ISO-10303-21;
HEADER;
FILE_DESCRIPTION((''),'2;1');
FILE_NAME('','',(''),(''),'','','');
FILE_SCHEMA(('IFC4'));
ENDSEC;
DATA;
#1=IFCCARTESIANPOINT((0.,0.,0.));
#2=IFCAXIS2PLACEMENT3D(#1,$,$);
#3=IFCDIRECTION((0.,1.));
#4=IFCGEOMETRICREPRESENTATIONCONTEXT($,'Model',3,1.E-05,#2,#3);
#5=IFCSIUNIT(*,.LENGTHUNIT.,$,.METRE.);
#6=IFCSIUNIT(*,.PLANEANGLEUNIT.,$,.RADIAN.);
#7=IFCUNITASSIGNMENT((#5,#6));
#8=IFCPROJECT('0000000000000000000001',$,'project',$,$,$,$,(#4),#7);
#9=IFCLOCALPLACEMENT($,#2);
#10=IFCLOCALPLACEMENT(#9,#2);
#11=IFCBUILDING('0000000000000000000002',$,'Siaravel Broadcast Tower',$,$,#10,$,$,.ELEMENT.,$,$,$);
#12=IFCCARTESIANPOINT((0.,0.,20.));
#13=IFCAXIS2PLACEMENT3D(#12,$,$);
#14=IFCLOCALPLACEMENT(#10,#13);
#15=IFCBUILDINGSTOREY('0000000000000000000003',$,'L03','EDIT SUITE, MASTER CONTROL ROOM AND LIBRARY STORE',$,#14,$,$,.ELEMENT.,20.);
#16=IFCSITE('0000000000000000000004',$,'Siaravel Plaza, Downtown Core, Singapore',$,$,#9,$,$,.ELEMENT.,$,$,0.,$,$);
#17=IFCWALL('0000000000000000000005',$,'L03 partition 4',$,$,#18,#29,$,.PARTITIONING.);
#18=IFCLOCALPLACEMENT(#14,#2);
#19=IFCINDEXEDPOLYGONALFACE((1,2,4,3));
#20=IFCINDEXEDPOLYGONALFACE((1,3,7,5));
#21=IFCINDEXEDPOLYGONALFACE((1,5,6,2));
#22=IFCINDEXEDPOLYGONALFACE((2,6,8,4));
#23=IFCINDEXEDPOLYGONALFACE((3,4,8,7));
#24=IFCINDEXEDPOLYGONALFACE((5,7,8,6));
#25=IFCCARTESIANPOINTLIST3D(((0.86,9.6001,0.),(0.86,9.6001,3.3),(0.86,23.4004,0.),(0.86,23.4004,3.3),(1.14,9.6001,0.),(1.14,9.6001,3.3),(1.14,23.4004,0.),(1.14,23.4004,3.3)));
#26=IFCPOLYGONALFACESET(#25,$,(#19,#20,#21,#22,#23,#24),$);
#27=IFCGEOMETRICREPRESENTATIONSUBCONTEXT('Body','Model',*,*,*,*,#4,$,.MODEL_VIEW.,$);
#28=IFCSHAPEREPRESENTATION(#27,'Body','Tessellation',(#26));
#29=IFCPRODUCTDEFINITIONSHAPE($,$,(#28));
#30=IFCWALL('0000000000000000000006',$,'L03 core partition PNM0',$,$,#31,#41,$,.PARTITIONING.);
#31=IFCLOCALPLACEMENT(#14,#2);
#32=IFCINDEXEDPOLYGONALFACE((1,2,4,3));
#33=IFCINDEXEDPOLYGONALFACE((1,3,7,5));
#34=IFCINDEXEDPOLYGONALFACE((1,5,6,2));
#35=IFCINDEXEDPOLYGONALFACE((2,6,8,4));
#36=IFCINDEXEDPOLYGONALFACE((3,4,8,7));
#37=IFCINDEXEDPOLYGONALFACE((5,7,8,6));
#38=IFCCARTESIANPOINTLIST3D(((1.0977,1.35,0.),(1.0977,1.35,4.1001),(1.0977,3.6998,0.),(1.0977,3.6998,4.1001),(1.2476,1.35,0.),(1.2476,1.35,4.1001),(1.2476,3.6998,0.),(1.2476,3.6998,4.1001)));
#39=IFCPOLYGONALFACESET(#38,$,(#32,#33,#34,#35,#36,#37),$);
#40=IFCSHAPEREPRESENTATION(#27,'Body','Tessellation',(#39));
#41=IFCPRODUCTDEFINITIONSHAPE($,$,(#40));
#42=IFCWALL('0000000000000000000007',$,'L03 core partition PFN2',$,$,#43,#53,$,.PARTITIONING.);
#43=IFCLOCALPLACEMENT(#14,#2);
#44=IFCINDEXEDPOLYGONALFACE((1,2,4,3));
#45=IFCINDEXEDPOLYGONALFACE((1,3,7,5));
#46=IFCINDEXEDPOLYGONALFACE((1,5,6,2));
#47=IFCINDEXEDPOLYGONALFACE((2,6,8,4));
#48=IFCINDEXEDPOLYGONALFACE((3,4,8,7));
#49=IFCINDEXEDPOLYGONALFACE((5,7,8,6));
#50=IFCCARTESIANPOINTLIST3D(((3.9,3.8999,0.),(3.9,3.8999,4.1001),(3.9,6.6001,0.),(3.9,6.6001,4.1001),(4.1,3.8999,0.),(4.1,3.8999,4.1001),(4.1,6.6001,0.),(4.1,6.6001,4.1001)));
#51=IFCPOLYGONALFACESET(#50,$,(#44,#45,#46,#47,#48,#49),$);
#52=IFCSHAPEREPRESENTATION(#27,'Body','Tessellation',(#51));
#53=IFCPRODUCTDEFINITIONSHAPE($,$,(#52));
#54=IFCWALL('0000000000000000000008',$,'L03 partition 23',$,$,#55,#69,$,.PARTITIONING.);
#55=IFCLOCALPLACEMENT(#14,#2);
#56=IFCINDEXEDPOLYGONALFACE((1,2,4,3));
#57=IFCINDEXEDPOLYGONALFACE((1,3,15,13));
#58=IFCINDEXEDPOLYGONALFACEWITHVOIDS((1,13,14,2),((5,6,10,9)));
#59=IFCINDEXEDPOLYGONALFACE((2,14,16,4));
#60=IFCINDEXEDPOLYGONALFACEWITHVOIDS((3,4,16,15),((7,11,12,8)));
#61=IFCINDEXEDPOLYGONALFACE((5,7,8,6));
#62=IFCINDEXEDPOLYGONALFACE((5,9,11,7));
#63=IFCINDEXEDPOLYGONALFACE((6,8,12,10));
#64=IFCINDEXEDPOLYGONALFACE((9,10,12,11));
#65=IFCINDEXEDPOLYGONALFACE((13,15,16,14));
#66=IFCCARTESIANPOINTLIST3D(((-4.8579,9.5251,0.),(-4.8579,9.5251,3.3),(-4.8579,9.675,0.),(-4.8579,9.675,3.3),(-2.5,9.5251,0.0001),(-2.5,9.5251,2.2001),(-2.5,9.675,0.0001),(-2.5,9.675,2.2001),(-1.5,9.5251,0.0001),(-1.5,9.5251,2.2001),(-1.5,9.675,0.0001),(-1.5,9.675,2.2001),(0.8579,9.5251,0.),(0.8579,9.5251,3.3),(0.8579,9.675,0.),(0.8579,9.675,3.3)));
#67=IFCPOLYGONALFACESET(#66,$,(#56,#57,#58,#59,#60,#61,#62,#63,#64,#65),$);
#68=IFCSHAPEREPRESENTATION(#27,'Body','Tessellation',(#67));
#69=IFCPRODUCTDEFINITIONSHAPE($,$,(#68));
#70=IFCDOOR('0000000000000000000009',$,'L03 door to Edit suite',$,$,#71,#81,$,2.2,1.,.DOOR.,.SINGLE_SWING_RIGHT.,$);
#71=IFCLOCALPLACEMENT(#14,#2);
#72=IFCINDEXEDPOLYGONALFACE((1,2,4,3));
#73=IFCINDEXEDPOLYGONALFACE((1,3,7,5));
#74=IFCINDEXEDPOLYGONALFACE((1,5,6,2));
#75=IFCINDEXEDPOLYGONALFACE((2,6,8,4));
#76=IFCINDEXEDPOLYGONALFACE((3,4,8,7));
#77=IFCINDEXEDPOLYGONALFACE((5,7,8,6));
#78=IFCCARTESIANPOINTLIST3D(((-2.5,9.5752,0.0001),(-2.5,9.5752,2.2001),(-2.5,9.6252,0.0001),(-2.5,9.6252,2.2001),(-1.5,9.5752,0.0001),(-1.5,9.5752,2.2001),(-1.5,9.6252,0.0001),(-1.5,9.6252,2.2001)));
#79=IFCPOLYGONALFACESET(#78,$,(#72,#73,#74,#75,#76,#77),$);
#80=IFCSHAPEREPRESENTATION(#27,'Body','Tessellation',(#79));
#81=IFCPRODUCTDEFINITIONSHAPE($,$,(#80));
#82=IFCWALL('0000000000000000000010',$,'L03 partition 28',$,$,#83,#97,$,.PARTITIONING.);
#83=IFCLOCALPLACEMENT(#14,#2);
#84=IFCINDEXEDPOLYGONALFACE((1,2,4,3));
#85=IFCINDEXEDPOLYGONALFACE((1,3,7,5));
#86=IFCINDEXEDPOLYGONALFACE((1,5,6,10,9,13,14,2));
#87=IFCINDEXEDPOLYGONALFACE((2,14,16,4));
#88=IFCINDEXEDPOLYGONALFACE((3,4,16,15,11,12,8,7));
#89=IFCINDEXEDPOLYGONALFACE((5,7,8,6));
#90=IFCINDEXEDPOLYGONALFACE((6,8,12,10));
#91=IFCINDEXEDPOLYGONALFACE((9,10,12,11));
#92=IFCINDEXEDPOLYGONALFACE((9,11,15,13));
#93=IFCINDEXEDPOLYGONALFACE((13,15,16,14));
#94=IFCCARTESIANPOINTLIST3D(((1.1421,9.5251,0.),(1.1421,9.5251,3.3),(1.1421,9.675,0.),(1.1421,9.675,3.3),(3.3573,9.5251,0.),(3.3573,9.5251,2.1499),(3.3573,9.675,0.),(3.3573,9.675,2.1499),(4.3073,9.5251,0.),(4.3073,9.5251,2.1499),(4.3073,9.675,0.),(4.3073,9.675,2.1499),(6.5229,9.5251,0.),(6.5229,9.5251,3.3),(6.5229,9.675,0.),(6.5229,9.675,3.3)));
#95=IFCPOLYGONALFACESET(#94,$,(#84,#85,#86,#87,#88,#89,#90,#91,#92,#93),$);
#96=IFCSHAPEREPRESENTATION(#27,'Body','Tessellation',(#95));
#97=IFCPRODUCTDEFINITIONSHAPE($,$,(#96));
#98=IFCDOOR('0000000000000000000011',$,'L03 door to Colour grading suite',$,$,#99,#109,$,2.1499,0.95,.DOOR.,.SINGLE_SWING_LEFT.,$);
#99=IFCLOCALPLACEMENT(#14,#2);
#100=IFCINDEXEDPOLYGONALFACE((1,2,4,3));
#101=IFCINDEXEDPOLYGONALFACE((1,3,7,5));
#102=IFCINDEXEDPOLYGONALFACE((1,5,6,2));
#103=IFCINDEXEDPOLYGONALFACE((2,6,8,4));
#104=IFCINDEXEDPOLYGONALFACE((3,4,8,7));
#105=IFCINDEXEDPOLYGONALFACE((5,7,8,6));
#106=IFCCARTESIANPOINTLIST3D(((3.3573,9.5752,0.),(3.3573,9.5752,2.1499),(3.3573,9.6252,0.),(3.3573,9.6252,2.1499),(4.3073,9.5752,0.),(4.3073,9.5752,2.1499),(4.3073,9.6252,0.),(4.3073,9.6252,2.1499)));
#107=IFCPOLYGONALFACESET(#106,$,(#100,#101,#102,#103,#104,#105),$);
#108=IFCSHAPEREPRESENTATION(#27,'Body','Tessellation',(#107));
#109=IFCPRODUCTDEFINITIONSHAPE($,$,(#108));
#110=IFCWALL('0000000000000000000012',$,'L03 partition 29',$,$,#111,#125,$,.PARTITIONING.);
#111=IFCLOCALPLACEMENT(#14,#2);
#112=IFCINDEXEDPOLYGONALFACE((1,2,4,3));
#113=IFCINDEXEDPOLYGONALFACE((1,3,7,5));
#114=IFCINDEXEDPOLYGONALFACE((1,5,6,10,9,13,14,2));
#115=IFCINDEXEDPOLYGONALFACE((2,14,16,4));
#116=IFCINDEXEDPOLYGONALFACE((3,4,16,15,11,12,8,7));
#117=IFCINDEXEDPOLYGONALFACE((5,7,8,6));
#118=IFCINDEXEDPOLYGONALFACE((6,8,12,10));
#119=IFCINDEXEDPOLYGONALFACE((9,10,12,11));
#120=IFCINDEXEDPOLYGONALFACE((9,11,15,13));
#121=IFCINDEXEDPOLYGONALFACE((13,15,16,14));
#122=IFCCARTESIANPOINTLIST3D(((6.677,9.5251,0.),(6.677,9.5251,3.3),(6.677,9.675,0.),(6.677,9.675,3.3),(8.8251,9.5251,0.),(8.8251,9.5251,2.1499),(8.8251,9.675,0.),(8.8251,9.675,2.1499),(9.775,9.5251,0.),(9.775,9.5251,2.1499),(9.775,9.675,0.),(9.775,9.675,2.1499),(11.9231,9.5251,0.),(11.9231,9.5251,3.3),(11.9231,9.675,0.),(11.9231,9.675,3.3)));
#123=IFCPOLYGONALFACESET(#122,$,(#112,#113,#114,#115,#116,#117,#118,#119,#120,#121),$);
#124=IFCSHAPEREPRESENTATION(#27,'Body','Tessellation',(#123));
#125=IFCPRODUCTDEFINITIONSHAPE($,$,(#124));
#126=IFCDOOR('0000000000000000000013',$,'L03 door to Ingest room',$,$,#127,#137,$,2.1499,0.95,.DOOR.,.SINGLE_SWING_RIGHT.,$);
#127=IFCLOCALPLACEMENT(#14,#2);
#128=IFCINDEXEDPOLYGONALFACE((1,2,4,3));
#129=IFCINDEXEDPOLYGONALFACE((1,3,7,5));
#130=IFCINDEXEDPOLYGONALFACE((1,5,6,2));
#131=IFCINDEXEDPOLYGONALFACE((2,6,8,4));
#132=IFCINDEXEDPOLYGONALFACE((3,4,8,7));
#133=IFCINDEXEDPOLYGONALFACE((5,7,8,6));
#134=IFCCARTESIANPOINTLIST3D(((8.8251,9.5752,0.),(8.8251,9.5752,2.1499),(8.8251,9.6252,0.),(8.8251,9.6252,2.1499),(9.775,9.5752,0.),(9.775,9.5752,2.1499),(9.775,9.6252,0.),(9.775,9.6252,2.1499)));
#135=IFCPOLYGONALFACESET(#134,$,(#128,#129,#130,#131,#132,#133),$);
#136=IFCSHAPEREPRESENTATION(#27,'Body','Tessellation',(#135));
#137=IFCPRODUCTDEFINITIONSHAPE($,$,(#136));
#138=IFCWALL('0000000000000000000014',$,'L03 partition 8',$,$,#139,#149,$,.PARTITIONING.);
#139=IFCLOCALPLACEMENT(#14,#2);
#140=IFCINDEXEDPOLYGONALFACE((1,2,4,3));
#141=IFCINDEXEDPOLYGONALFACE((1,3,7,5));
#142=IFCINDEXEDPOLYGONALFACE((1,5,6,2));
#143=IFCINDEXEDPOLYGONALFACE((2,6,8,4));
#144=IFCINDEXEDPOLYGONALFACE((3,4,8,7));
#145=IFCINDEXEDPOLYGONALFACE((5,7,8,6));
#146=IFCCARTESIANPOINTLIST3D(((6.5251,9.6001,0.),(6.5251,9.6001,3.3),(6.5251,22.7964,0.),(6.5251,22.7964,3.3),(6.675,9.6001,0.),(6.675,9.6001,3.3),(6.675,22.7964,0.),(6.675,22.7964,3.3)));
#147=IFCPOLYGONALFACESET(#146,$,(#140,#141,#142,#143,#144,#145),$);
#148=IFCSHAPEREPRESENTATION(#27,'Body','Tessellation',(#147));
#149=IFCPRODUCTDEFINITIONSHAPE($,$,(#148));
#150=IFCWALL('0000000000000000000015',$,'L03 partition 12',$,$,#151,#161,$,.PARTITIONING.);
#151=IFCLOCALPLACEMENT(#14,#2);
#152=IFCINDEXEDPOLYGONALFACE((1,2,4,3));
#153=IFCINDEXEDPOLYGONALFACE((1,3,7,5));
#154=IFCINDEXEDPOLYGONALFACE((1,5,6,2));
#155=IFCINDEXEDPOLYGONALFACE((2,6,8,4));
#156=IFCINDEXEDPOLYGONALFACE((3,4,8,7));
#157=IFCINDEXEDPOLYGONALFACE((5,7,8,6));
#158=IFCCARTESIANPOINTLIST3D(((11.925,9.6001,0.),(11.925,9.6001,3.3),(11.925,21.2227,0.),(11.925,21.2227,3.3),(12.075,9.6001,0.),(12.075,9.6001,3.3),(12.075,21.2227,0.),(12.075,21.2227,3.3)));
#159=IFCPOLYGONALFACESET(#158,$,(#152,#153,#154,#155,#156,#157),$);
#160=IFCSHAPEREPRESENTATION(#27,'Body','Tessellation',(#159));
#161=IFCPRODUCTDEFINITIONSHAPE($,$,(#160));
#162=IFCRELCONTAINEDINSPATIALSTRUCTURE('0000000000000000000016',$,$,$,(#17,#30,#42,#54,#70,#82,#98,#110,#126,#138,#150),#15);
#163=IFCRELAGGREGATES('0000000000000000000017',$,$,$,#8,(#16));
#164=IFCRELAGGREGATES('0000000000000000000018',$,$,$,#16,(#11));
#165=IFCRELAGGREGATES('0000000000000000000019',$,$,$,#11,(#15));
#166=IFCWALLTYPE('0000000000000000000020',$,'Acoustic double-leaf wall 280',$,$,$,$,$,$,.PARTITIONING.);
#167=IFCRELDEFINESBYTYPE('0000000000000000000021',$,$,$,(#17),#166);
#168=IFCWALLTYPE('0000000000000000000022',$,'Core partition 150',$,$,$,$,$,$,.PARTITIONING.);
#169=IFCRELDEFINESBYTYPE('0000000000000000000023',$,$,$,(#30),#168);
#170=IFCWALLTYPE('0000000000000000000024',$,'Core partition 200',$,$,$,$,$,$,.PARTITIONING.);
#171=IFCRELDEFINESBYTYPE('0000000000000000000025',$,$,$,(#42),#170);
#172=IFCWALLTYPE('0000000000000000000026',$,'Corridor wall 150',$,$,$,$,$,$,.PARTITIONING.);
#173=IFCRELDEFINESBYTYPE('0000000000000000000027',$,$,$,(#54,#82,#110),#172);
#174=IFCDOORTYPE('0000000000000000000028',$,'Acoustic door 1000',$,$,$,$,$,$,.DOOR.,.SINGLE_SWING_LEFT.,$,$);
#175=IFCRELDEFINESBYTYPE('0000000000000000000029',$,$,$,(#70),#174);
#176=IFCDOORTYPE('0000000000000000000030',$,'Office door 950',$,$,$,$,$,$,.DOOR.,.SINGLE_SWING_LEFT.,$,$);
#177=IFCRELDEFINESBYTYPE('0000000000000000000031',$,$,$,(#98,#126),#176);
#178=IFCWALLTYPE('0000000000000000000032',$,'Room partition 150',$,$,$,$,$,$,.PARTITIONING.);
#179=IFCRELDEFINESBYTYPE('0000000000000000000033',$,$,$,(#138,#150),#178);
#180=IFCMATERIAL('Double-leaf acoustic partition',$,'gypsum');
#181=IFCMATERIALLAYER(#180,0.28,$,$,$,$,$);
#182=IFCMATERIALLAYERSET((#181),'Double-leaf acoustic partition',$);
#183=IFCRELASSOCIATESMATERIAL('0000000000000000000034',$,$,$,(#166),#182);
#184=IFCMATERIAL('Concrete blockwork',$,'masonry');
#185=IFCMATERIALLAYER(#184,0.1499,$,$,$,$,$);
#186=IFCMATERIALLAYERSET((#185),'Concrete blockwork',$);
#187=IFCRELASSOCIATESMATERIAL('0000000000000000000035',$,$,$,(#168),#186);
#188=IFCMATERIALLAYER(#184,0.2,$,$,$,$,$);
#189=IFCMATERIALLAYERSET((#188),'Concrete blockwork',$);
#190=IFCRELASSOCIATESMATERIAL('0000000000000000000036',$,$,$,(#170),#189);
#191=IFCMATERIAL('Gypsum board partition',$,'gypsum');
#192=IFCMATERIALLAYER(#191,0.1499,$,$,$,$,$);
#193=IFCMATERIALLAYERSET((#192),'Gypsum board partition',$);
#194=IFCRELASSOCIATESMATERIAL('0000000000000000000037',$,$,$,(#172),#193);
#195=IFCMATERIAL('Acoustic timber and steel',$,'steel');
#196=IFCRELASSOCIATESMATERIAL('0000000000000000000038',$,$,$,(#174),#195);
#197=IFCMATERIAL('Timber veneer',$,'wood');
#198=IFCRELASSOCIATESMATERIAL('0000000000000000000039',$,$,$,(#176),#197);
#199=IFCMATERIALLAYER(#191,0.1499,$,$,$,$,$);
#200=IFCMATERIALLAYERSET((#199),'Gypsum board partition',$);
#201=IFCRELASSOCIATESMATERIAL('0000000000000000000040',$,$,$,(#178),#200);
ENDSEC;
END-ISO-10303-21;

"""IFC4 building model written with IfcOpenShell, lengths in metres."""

from ifc_helpers import new_model, si_unit, direction, frame, frame_2d, origin, place, context, subcontext, project, spatial, rectangle, extrude, material, layer, layer_set, type_object, element, fill, save


model = new_model("IFC4")

# Units and contexts
model_context = context("Model", 3, precision=1e-05, world=origin(), true_north=direction((0.0, 1.0)))
body_context = subcontext(model_context, "Body", "Model", "MODEL_VIEW")
ifc_project = project(units=[si_unit("LENGTHUNIT", "METRE"), si_unit("PLANEANGLEUNIT", "RADIAN")], contexts=[model_context])

# Site, building, storey
site_placement = place(None, origin())
site = spatial("IfcSite", under=ifc_project, at=site_placement, Name="Siaravel Plaza, Downtown Core, Singapore", CompositionType="ELEMENT", RefElevation=0.0)
building_placement = place(site_placement, origin())
building = spatial("IfcBuilding", under=site, at=building_placement, Name="Siaravel Broadcast Tower", CompositionType="ELEMENT")
storey_placement = place(building_placement, frame((0.0, 0.0, 20.0)))
storey = spatial("IfcBuildingStorey", under=building, at=storey_placement, Name="L03", Description="EDIT SUITE, MASTER CONTROL ROOM AND LIBRARY STORE", CompositionType="ELEMENT", Elevation=20.0)

# Walls
ifc_material_1 = material(Name="Double-leaf acoustic partition", Category="gypsum")
ifc_layer_1 = layer(ifc_material_1, 0.28)
ifc_layer_set_1 = layer_set([ifc_layer_1], Name="Double-leaf acoustic partition")
wall_type_1 = type_object("IfcWallType", Name="Acoustic double-leaf wall 280", PredefinedType="PARTITIONING", material=ifc_layer_set_1)
wall_1_placement = place(storey_placement, frame((1.0, 9.6001, 0.0), z_axis=(0.0, 0.0, 1.0), x_axis=(0.0, 1.0, 0.0)))
element("IfcWall", 1, at=wall_1_placement, inside=storey, type_object=wall_type_1, Name="L03 partition 4", PredefinedType="PARTITIONING", context=body_context, shape_type="SweptSolid", body=[
    extrude(rectangle(XDim=13.8003, YDim=0.28, at=frame_2d((6.9001, 0.0))), origin(), (0.0, 0.0, 1.0), 3.3),
])
ifc_material_2 = material(Name="Concrete blockwork", Category="masonry")
ifc_layer_2 = layer(ifc_material_2, 0.1499)
ifc_layer_set_2 = layer_set([ifc_layer_2], Name="Concrete blockwork")
wall_type_2 = type_object("IfcWallType", Name="Core partition 150", PredefinedType="PARTITIONING", material=ifc_layer_set_2)
wall_2_placement = place(storey_placement, frame((1.1726, 1.3501, 0.0), z_axis=(0.0, 0.0, 1.0), x_axis=(0.0, 1.0, 0.0)))
element("IfcWall", 2, at=wall_2_placement, inside=storey, type_object=wall_type_2, Name="L03 core partition PNM0", PredefinedType="PARTITIONING", context=body_context, shape_type="SweptSolid", body=[
    extrude(rectangle(XDim=2.3499, YDim=0.1499, at=frame_2d((1.1748, 0.0))), origin(), (0.0, 0.0, 1.0), 4.1001),
])
ifc_layer_3 = layer(ifc_material_2, 0.2)
ifc_layer_set_3 = layer_set([ifc_layer_3], Name="Concrete blockwork")
wall_type_3 = type_object("IfcWallType", Name="Core partition 200", PredefinedType="PARTITIONING", material=ifc_layer_set_3)
wall_3_placement = place(storey_placement, frame((4.0, 3.8999, 0.0), z_axis=(0.0, 0.0, 1.0), x_axis=(0.0, 1.0, 0.0)))
element("IfcWall", 3, at=wall_3_placement, inside=storey, type_object=wall_type_3, Name="L03 core partition PFN2", PredefinedType="PARTITIONING", context=body_context, shape_type="SweptSolid", body=[
    extrude(rectangle(XDim=2.7002, YDim=0.2, at=frame_2d((1.3501, 0.0))), origin(), (0.0, 0.0, 1.0), 4.1001),
])

# Walls, openings, doors
ifc_material_3 = material(Name="Gypsum board partition", Category="gypsum")
ifc_layer_4 = layer(ifc_material_3, 0.1499)
ifc_layer_set_4 = layer_set([ifc_layer_4], Name="Gypsum board partition")
wall_type_4 = type_object("IfcWallType", Name="Corridor wall 150", PredefinedType="PARTITIONING", material=ifc_layer_set_4)
wall_4_placement = place(storey_placement, frame((0.8579, 9.6001, 0.0), z_axis=(0.0, 0.0, 1.0), x_axis=(-1.0, 0.0, 0.0)))
wall_4 = element("IfcWall", 4, at=wall_4_placement, inside=storey, type_object=wall_type_4, Name="L03 partition 23", PredefinedType="PARTITIONING", context=body_context, shape_type="SweptSolid", body=[
    extrude(rectangle(XDim=5.7158, YDim=0.1499, at=frame_2d((2.8579, 0.0))), origin(), (0.0, 0.0, 1.0), 3.3),
])
opening_1_placement = place(wall_4_placement, frame((2.3579, 0.0, 0.0)))
opening_1 = element("IfcOpeningElement", 5, at=opening_1_placement, cuts=wall_4, PredefinedType="OPENING", context=body_context, shape_type="SweptSolid", body=[
    extrude(rectangle(XDim=1.0, YDim=2.2, at=frame_2d((0.5, 1.1001))), frame((0.0, 0.085, 0.0), z_axis=(0.0, -1.0, 0.0), x_axis=(1.0, 0.0, 0.0)), (0.0, 0.0, 1.0), 0.1699),
])
ifc_material_4 = material(Name="Acoustic timber and steel", Category="steel")
door_type_1 = type_object("IfcDoorType", Name="Acoustic door 1000", OperationType="SINGLE_SWING_LEFT", PredefinedType="DOOR", material=ifc_material_4)
door_1_placement = place(opening_1_placement, origin())
door_1 = element("IfcDoor", 6, at=door_1_placement, inside=storey, type_object=door_type_1, Name="L03 door to Edit suite", OperationType="SINGLE_SWING_RIGHT", OverallHeight=2.2, OverallWidth=1.0, PredefinedType="DOOR", context=body_context, shape_type="SweptSolid", body=[
    extrude(rectangle(XDim=1.0, YDim=2.2, at=frame_2d((0.5, 1.1001))), frame((0.0, 0.0249, 0.0), z_axis=(0.0, -1.0, 0.0), x_axis=(1.0, 0.0, 0.0)), (0.0, 0.0, 1.0), 0.05),
])
fill(opening_1, door_1)
wall_5_placement = place(storey_placement, frame((6.5229, 9.6001, 0.0), z_axis=(0.0, 0.0, 1.0), x_axis=(-1.0, 0.0, 0.0)))
wall_5 = element("IfcWall", 7, at=wall_5_placement, inside=storey, type_object=wall_type_4, Name="L03 partition 28", PredefinedType="PARTITIONING", context=body_context, shape_type="SweptSolid", body=[
    extrude(rectangle(XDim=5.3809, YDim=0.1499, at=frame_2d((2.6904, 0.0))), origin(), (0.0, 0.0, 1.0), 3.3),
])
opening_2_placement = place(wall_5_placement, frame((2.2156, 0.0, 0.0)))
opening_2 = element("IfcOpeningElement", 8, at=opening_2_placement, cuts=wall_5, PredefinedType="OPENING", context=body_context, shape_type="SweptSolid", body=[
    extrude(rectangle(XDim=0.95, YDim=2.1499, at=frame_2d((0.4751, 1.075))), frame((0.0, 0.085, 0.0), z_axis=(0.0, -1.0, 0.0), x_axis=(1.0, 0.0, 0.0)), (0.0, 0.0, 1.0), 0.1699),
])
ifc_material_5 = material(Name="Timber veneer", Category="wood")
door_type_2 = type_object("IfcDoorType", Name="Office door 950", OperationType="SINGLE_SWING_LEFT", PredefinedType="DOOR", material=ifc_material_5)
door_2_placement = place(opening_2_placement, origin())
door_2 = element("IfcDoor", 9, at=door_2_placement, inside=storey, type_object=door_type_2, Name="L03 door to Colour grading suite", OperationType="SINGLE_SWING_LEFT", OverallHeight=2.1499, OverallWidth=0.95, PredefinedType="DOOR", context=body_context, shape_type="SweptSolid", body=[
    extrude(rectangle(XDim=0.95, YDim=2.1499, at=frame_2d((0.4751, 1.075))), frame((0.0, 0.0249, 0.0), z_axis=(0.0, -1.0, 0.0), x_axis=(1.0, 0.0, 0.0)), (0.0, 0.0, 1.0), 0.05),
])
fill(opening_2, door_2)
wall_6_placement = place(storey_placement, frame((11.9231, 9.6001, 0.0), z_axis=(0.0, 0.0, 1.0), x_axis=(-1.0, 0.0, 0.0)))
wall_6 = element("IfcWall", 10, at=wall_6_placement, inside=storey, type_object=wall_type_4, Name="L03 partition 29", PredefinedType="PARTITIONING", context=body_context, shape_type="SweptSolid", body=[
    extrude(rectangle(XDim=5.2461, YDim=0.1499, at=frame_2d((2.623, 0.0))), origin(), (0.0, 0.0, 1.0), 3.3),
])
opening_3_placement = place(wall_6_placement, frame((2.1479, 0.0, 0.0)))
opening_3 = element("IfcOpeningElement", 11, at=opening_3_placement, cuts=wall_6, PredefinedType="OPENING", context=body_context, shape_type="SweptSolid", body=[
    extrude(rectangle(XDim=0.95, YDim=2.1499, at=frame_2d((0.4751, 1.075))), frame((0.0, 0.085, 0.0), z_axis=(0.0, -1.0, 0.0), x_axis=(1.0, 0.0, 0.0)), (0.0, 0.0, 1.0), 0.1699),
])
door_3_placement = place(opening_3_placement, origin())
door_3 = element("IfcDoor", 12, at=door_3_placement, inside=storey, type_object=door_type_2, Name="L03 door to Ingest room", OperationType="SINGLE_SWING_RIGHT", OverallHeight=2.1499, OverallWidth=0.95, PredefinedType="DOOR", context=body_context, shape_type="SweptSolid", body=[
    extrude(rectangle(XDim=0.95, YDim=2.1499, at=frame_2d((0.4751, 1.075))), frame((0.0, 0.0249, 0.0), z_axis=(0.0, -1.0, 0.0), x_axis=(1.0, 0.0, 0.0)), (0.0, 0.0, 1.0), 0.05),
])
fill(opening_3, door_3)

# Walls
ifc_layer_5 = layer(ifc_material_3, 0.1499)
ifc_layer_set_5 = layer_set([ifc_layer_5], Name="Gypsum board partition")
wall_type_5 = type_object("IfcWallType", Name="Room partition 150", PredefinedType="PARTITIONING", material=ifc_layer_set_5)
wall_7_placement = place(storey_placement, frame((6.6001, 9.6001, 0.0), z_axis=(0.0, 0.0, 1.0), x_axis=(0.0, 1.0, 0.0)))
element("IfcWall", 13, at=wall_7_placement, inside=storey, type_object=wall_type_5, Name="L03 partition 8", PredefinedType="PARTITIONING", context=body_context, shape_type="SweptSolid", body=[
    extrude(rectangle(XDim=13.1963, YDim=0.1499, at=frame_2d((6.5981, 0.0))), origin(), (0.0, 0.0, 1.0), 3.3),
])
wall_8_placement = place(storey_placement, frame((12.0, 9.6001, 0.0), z_axis=(0.0, 0.0, 1.0), x_axis=(0.0, 1.0, 0.0)))
element("IfcWall", 14, at=wall_8_placement, inside=storey, type_object=wall_type_5, Name="L03 partition 12", PredefinedType="PARTITIONING", context=body_context, shape_type="SweptSolid", body=[
    extrude(rectangle(XDim=11.6226, YDim=0.1499, at=frame_2d((5.8113, 0.0))), origin(), (0.0, 0.0, 1.0), 3.3),
])

save(model, "model.ifc")
